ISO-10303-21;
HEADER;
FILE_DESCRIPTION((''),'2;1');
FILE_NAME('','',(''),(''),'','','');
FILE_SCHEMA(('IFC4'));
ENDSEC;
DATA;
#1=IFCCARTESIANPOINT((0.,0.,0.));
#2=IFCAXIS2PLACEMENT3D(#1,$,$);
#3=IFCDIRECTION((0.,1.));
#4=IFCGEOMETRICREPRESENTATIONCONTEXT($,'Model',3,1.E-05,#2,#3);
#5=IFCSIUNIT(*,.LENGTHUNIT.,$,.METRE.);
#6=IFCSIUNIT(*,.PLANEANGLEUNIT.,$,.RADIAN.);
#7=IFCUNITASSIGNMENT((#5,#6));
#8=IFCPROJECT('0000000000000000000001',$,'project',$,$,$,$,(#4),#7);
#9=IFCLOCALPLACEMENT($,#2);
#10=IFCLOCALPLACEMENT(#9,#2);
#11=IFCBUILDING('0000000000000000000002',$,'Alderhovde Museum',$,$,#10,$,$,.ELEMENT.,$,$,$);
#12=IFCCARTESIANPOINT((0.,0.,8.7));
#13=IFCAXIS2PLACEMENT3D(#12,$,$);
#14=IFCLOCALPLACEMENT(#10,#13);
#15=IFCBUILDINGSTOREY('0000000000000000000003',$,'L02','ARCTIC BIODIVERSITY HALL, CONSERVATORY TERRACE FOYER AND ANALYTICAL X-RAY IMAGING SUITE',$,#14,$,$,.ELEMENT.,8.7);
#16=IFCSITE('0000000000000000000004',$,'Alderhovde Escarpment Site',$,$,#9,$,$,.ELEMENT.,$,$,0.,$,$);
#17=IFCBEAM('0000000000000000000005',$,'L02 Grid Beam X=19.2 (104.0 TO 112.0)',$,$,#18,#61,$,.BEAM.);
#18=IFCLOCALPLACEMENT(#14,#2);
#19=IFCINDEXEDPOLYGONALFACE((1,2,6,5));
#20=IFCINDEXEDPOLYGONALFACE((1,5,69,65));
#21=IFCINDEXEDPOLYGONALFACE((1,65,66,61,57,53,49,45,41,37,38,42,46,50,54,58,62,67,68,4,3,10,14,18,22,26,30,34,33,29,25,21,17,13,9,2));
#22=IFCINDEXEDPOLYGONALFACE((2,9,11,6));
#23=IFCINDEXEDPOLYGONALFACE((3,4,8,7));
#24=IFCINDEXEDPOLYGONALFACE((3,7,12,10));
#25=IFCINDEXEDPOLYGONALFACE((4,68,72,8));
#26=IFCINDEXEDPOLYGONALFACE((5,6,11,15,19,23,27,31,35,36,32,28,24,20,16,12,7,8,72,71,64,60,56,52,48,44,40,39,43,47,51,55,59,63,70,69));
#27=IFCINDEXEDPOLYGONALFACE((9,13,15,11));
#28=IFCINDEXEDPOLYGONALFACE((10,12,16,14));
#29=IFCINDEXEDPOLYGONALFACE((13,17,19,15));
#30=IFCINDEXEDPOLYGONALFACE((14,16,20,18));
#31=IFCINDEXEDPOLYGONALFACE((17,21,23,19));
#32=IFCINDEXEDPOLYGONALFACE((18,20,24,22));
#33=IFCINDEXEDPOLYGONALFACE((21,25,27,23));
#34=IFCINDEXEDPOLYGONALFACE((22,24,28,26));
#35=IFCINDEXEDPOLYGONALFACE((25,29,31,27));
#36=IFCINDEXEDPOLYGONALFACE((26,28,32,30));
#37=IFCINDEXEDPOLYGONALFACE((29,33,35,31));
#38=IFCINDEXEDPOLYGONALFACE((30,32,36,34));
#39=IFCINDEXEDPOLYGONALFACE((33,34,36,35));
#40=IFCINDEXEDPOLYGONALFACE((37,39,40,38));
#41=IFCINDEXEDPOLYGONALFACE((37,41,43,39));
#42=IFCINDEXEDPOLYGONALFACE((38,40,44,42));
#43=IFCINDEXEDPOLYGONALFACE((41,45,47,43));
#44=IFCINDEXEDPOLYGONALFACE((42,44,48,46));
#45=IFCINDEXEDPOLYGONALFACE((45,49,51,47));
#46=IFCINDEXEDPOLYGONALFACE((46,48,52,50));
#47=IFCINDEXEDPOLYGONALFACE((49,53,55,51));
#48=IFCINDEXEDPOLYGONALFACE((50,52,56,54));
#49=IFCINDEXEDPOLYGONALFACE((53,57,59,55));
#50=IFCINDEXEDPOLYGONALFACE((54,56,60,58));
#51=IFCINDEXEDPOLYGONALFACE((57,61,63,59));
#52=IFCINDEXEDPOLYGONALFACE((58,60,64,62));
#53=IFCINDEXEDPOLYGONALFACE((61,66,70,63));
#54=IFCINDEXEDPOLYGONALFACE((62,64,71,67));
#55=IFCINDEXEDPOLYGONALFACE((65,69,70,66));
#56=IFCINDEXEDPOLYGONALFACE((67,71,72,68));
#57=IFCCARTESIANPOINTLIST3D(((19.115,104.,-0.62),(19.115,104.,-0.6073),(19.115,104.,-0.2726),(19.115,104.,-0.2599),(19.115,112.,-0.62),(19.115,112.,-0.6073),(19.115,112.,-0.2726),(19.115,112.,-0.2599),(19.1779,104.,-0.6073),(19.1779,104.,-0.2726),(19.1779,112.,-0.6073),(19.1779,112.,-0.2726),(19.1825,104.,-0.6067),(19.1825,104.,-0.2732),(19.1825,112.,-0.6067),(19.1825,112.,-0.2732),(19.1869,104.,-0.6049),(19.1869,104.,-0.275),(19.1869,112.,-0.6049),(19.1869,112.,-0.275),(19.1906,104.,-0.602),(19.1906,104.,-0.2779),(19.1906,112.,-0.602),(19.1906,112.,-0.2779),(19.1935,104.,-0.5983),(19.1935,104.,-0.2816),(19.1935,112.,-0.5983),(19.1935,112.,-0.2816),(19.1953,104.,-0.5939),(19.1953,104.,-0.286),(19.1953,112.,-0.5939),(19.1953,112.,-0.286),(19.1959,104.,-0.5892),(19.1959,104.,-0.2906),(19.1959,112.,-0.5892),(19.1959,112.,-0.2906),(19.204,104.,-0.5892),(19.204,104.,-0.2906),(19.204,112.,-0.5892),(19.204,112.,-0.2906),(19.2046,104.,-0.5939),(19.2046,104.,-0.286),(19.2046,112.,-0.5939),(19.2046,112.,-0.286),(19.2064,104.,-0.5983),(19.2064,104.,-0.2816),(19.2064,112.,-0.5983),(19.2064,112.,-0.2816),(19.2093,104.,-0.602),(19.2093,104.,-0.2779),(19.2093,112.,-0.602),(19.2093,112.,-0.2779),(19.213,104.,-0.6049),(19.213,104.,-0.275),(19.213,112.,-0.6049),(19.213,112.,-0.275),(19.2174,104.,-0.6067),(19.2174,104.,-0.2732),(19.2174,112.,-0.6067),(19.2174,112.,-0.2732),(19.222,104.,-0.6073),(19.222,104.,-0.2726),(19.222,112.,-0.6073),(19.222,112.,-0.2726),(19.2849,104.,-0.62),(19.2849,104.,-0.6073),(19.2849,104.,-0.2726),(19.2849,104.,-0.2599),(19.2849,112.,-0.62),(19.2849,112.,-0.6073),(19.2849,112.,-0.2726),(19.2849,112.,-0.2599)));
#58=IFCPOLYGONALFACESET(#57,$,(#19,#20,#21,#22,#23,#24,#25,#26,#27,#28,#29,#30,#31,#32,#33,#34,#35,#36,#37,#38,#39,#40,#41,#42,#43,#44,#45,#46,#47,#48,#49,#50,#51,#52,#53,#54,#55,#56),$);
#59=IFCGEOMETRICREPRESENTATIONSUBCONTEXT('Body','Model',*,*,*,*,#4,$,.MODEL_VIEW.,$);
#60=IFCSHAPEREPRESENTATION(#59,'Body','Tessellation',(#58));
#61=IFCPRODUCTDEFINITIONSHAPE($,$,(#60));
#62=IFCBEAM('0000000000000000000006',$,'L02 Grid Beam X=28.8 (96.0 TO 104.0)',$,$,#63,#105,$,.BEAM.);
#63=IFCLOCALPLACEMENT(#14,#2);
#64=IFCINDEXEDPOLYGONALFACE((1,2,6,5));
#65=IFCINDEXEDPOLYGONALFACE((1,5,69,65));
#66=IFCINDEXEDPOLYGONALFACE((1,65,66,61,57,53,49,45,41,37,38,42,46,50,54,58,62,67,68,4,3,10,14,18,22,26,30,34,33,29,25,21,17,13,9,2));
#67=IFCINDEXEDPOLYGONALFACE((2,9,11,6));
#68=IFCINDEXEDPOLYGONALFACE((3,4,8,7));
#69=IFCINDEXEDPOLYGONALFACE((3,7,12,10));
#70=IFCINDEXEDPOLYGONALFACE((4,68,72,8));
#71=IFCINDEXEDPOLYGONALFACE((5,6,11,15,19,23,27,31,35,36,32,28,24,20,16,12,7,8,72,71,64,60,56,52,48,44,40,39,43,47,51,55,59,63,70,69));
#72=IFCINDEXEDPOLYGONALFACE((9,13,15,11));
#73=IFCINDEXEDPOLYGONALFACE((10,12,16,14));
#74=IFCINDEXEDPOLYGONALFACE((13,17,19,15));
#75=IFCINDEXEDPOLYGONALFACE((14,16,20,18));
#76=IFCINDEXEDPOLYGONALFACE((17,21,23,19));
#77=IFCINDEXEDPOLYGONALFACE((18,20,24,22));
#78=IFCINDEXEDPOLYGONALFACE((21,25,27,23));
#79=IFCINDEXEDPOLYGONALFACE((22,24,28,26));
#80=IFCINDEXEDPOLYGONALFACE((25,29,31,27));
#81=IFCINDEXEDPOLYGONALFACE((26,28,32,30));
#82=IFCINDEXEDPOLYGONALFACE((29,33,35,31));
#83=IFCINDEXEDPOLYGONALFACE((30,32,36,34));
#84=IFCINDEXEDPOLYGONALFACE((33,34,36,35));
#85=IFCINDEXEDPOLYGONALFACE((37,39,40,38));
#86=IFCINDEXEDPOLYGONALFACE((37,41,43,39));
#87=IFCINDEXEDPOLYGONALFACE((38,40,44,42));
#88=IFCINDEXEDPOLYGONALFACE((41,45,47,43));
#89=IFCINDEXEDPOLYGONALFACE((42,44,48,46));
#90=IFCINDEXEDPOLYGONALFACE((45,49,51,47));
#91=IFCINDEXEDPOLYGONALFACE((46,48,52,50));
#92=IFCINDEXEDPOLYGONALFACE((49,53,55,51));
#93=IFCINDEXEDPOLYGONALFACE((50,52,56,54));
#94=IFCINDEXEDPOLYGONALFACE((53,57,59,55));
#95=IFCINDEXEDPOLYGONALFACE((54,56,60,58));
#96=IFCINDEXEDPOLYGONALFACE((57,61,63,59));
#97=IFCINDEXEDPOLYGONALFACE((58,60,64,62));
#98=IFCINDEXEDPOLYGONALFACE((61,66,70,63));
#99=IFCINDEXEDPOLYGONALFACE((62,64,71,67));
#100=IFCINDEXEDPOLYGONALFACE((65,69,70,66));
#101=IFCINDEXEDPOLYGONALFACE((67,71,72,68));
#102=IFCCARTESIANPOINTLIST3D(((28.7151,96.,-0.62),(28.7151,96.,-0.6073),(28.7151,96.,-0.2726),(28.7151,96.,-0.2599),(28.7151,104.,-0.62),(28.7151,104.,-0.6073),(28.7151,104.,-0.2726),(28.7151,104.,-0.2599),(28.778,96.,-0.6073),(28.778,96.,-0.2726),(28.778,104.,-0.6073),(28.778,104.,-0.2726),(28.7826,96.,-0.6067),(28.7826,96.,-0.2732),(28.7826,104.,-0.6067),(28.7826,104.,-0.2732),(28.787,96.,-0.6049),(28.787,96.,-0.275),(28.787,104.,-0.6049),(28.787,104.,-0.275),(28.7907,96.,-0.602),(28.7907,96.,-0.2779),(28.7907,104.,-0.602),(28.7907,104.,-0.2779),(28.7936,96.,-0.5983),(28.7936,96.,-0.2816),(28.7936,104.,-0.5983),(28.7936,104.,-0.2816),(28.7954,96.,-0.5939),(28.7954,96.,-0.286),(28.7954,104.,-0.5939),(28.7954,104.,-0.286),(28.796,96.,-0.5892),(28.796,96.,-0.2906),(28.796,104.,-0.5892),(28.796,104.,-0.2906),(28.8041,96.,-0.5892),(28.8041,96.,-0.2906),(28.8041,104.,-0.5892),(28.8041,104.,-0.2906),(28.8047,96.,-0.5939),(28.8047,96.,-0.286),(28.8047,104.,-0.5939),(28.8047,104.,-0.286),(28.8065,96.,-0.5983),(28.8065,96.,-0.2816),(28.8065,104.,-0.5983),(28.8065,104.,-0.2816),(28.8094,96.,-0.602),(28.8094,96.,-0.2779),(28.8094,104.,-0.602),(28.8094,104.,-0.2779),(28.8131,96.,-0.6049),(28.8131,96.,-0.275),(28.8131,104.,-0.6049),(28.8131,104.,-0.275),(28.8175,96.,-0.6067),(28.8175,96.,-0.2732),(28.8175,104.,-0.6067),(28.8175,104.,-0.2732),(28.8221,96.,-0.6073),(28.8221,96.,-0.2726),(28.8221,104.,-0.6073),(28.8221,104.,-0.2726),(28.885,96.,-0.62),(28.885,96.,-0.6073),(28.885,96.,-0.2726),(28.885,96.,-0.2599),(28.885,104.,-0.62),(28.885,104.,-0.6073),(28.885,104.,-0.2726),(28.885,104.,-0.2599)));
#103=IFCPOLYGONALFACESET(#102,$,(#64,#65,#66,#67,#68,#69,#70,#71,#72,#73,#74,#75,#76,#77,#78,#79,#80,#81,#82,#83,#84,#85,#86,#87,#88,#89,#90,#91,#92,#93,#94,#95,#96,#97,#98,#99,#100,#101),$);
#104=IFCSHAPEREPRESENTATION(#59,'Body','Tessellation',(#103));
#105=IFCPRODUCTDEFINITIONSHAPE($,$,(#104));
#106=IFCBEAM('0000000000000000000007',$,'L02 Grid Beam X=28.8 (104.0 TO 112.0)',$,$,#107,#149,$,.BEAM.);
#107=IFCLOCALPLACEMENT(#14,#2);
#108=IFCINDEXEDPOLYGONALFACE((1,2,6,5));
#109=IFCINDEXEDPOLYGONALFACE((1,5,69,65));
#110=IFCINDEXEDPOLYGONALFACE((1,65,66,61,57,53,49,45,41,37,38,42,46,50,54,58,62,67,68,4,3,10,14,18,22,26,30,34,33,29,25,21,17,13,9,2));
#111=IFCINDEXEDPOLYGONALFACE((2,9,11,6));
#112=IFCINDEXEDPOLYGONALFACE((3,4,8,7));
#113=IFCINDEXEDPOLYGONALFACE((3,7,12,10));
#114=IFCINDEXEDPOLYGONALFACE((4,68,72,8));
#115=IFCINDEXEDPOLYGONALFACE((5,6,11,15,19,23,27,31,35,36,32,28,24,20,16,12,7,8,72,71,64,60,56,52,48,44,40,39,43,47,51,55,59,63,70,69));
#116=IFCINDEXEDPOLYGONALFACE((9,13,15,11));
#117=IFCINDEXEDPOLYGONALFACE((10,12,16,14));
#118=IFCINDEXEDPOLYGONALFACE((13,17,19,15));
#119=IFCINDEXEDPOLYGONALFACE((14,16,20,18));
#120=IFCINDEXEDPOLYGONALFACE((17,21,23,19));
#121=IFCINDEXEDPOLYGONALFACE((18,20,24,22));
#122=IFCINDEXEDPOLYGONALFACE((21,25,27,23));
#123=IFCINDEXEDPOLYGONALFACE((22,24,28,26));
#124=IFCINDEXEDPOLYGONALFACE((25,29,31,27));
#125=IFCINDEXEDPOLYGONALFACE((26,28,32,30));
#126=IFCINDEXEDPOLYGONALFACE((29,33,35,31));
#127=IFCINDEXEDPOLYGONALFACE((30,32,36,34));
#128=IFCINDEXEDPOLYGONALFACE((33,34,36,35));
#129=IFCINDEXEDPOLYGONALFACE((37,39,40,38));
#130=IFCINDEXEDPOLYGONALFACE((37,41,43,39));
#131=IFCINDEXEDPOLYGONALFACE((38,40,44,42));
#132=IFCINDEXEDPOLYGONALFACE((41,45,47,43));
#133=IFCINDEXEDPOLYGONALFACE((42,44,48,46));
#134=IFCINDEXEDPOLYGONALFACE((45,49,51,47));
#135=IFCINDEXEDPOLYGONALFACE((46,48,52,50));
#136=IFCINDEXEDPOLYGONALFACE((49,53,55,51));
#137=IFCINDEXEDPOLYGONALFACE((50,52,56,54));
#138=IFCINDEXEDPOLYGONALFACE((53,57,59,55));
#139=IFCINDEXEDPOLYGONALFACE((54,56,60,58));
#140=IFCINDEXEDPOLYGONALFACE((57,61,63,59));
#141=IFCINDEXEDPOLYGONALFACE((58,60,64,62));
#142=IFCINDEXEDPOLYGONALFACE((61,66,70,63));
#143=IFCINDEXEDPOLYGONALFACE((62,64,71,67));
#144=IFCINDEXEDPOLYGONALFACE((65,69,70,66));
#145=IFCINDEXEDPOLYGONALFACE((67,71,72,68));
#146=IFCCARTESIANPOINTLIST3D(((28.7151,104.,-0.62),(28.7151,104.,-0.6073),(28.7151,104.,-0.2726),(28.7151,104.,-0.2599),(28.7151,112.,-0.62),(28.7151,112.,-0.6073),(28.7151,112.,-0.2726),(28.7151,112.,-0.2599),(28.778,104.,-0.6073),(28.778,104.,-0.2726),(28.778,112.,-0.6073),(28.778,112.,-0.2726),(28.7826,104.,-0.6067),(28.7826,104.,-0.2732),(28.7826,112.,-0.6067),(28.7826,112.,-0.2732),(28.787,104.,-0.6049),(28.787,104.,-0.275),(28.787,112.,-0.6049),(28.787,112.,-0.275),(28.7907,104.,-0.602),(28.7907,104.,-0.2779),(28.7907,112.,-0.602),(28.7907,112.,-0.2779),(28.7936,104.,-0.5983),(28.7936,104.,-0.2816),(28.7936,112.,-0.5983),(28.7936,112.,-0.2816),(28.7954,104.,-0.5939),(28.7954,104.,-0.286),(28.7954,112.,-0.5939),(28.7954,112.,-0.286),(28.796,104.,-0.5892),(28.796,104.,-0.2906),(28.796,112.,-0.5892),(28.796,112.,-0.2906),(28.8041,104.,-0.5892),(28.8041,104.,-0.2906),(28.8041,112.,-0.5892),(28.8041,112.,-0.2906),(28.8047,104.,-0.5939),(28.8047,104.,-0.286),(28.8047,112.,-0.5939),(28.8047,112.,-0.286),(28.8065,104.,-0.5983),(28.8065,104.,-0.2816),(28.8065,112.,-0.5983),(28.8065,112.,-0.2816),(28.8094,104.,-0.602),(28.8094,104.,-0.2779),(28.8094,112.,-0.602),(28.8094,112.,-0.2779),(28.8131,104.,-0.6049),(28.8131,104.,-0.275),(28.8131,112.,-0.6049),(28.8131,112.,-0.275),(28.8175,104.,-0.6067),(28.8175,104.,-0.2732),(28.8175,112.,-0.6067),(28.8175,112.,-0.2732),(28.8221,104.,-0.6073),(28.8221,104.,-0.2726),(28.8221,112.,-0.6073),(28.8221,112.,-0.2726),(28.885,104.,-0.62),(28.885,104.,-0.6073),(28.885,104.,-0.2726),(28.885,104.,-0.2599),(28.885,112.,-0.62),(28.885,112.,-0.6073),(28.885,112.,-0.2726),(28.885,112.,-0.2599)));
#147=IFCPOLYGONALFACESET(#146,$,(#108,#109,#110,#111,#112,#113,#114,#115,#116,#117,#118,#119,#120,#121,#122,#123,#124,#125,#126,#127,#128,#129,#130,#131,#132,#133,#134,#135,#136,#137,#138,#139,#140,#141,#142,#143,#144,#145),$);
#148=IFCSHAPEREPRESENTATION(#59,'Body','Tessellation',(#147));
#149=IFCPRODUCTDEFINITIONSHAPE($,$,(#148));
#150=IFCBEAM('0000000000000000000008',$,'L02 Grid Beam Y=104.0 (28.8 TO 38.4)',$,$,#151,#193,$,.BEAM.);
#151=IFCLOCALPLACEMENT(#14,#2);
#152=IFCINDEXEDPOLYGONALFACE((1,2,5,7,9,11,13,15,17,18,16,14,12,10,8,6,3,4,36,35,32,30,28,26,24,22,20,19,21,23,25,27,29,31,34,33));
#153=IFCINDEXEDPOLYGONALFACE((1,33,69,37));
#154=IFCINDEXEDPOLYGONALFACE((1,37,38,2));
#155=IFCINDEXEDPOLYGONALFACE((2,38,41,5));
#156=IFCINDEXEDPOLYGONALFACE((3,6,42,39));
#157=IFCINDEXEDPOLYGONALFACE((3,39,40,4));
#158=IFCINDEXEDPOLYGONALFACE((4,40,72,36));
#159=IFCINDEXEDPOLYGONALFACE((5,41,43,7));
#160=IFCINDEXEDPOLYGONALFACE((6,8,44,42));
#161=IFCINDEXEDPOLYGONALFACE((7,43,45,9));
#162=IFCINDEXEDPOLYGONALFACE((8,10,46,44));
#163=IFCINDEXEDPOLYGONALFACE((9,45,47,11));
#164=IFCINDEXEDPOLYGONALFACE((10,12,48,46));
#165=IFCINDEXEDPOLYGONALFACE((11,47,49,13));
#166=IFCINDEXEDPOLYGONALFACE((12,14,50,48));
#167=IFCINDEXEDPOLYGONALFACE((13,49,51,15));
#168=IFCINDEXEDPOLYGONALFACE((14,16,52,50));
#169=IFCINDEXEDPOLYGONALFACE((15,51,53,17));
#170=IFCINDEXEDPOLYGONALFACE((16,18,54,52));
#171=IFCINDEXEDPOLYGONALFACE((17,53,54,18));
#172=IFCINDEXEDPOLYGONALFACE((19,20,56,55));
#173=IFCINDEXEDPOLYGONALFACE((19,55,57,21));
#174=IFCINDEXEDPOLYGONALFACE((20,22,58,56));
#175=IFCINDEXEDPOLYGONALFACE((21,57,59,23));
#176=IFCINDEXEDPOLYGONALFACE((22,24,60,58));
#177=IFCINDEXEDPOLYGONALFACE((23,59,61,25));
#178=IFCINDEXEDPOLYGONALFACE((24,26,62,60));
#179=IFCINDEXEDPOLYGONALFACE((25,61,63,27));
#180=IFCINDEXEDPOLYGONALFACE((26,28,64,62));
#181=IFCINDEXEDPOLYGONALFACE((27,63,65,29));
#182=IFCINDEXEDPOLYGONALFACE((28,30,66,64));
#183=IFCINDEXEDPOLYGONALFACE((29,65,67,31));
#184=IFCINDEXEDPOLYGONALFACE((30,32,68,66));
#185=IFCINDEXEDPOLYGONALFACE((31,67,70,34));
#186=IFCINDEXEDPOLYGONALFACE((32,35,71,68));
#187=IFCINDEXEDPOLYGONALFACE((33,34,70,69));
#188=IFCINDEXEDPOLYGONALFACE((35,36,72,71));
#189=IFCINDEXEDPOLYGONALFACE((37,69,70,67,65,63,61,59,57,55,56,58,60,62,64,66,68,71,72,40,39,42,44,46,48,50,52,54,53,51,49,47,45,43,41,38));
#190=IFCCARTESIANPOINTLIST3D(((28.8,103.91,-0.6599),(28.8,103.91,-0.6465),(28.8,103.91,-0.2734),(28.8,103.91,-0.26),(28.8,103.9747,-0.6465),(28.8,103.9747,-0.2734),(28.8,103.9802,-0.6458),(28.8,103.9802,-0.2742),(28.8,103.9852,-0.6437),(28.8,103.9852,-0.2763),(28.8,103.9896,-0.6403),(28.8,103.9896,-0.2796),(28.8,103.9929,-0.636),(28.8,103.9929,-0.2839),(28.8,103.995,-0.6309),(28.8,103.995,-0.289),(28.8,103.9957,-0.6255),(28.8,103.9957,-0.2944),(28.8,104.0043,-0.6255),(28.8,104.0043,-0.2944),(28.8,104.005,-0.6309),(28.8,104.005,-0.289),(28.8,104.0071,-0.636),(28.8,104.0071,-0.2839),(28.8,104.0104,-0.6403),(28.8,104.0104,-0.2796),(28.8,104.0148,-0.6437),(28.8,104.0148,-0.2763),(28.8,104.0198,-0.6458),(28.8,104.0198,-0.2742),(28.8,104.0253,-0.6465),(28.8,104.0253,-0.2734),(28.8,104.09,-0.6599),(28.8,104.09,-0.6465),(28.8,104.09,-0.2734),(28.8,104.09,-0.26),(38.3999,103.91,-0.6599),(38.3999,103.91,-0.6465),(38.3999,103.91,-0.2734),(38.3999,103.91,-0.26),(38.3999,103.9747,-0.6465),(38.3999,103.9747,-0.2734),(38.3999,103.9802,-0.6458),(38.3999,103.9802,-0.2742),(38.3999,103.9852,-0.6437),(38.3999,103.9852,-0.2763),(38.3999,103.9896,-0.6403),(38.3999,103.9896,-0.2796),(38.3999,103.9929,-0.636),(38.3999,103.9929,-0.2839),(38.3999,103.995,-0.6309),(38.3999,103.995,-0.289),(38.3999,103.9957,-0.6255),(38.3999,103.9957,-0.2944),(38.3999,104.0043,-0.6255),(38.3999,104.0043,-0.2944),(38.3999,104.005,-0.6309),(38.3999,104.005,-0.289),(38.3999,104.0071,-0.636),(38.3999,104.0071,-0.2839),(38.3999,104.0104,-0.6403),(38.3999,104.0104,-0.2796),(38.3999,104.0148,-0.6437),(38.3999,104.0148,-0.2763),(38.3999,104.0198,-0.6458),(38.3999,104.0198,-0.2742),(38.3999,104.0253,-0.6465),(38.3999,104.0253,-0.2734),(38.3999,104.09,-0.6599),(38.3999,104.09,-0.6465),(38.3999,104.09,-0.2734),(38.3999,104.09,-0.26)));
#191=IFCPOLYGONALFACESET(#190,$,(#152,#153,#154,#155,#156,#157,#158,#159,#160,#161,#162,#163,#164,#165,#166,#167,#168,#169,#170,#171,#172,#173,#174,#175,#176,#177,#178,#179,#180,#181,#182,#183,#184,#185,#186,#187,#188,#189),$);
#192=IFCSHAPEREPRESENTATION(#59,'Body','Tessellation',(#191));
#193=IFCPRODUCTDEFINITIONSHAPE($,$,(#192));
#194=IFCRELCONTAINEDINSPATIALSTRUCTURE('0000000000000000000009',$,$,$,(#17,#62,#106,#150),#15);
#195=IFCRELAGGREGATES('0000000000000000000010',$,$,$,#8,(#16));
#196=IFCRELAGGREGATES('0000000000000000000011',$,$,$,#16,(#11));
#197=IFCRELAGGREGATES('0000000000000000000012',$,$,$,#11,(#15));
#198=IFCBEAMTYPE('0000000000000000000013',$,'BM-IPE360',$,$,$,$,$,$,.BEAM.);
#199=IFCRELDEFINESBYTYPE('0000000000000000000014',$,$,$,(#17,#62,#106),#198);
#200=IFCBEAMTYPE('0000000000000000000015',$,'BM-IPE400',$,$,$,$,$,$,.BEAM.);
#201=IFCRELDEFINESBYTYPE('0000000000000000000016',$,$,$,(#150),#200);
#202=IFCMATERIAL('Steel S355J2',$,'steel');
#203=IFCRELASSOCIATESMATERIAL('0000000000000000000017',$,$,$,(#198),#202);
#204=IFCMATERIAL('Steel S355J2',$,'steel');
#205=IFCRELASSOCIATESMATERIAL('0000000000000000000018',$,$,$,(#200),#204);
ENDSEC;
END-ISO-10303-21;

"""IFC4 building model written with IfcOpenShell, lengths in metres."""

from ifc_helpers import new_model, si_unit, direction, frame, origin, origin_2d, place, context, subcontext, project, spatial, i_section, extrude, material, material_profile, profile_set, type_object, element, save


model = new_model("IFC4")

# Units and contexts
model_context = context("Model", 3, precision=1e-05, world=origin(), true_north=direction((0.0, 1.0)))
body_context = subcontext(model_context, "Body", "Model", "MODEL_VIEW")
ifc_project = project(units=[si_unit("LENGTHUNIT", "METRE"), si_unit("PLANEANGLEUNIT", "RADIAN")], contexts=[model_context])

# Site, building, storey
site_placement = place(None, origin())
site = spatial("IfcSite", under=ifc_project, at=site_placement, Name="Alderhovde Escarpment Site", CompositionType="ELEMENT", RefElevation=0.0)
building_placement = place(site_placement, origin())
building = spatial("IfcBuilding", under=site, at=building_placement, Name="Alderhovde Museum", CompositionType="ELEMENT")
storey_placement = place(building_placement, frame((0.0, 0.0, 8.7)))
storey = spatial("IfcBuildingStorey", under=building, at=storey_placement, Name="L02", Description="ARCTIC BIODIVERSITY HALL, CONSERVATORY TERRACE FOYER AND ANALYTICAL X-RAY IMAGING SUITE", CompositionType="ELEMENT", Elevation=8.7)

# Beams
ifc_material_1 = material(Name="Steel S355J2", Category="steel")
ifc_material_profile_1 = material_profile(ifc_material_1, i_section(OverallWidth=0.1699, OverallDepth=0.3601, WebThickness=0.0081, FlangeThickness=0.0127, FilletRadius=0.0181, at=origin_2d()), Name="IPE 360")
ifc_profile_set_1 = profile_set([ifc_material_profile_1], Name="Steel S355J2")
beam_type_1 = type_object("IfcBeamType", Name="BM-IPE360", PredefinedType="BEAM", material=ifc_profile_set_1)
for number, where, z_axis, x_axis, name in (
    (1, (19.2, 104.0, -0.4399), (0.0, 1.0, 0.0), (-1.0, 0.0, 0.0), "L02 Grid Beam X=19.2 (104.0 TO 112.0)"),
    (2, (28.8, 96.0, -0.4399), (0.0, 1.0, 0.0), (-1.0, 0.0, 0.0), "L02 Grid Beam X=28.8 (96.0 TO 104.0)"),
    (3, (28.8, 104.0, -0.4399), (0.0, 1.0, 0.0), (-1.0, 0.0, 0.0), "L02 Grid Beam X=28.8 (104.0 TO 112.0)"),
):
    element("IfcBeam", number, at=place(storey_placement, frame(where, z_axis=z_axis, x_axis=x_axis)), inside=storey, type_object=beam_type_1, Name=name, PredefinedType="BEAM", context=body_context, shape_type="SweptSolid", body=[
        extrude(i_section(OverallWidth=0.1699, OverallDepth=0.3601, WebThickness=0.0081, FlangeThickness=0.0127, FilletRadius=0.0181, at=origin_2d()), origin(), (0.0, 0.0, 1.0), 8.0),
    ])
ifc_material_2 = material(Name="Steel S355J2", Category="steel")
ifc_material_profile_2 = material_profile(ifc_material_2, i_section(OverallWidth=0.1799, OverallDepth=0.3999, WebThickness=0.0085, FlangeThickness=0.0134, FilletRadius=0.021, at=origin_2d()), Name="IPE 400")
ifc_profile_set_2 = profile_set([ifc_material_profile_2], Name="Steel S355J2")
beam_type_2 = type_object("IfcBeamType", Name="BM-IPE400", PredefinedType="BEAM", material=ifc_profile_set_2)
beam_1_placement = place(storey_placement, frame((28.8, 104.0, -0.46), z_axis=(1.0, 0.0, 0.0), x_axis=(0.0, 1.0, 0.0)))
element("IfcBeam", 4, at=beam_1_placement, inside=storey, type_object=beam_type_2, Name="L02 Grid Beam Y=104.0 (28.8 TO 38.4)", PredefinedType="BEAM", context=body_context, shape_type="SweptSolid", body=[
    extrude(i_section(OverallWidth=0.1799, OverallDepth=0.3999, WebThickness=0.0085, FlangeThickness=0.0134, FilletRadius=0.021, at=origin_2d()), origin(), (0.0, 0.0, 1.0), 9.5999),
])

save(model, "model.ifc")
